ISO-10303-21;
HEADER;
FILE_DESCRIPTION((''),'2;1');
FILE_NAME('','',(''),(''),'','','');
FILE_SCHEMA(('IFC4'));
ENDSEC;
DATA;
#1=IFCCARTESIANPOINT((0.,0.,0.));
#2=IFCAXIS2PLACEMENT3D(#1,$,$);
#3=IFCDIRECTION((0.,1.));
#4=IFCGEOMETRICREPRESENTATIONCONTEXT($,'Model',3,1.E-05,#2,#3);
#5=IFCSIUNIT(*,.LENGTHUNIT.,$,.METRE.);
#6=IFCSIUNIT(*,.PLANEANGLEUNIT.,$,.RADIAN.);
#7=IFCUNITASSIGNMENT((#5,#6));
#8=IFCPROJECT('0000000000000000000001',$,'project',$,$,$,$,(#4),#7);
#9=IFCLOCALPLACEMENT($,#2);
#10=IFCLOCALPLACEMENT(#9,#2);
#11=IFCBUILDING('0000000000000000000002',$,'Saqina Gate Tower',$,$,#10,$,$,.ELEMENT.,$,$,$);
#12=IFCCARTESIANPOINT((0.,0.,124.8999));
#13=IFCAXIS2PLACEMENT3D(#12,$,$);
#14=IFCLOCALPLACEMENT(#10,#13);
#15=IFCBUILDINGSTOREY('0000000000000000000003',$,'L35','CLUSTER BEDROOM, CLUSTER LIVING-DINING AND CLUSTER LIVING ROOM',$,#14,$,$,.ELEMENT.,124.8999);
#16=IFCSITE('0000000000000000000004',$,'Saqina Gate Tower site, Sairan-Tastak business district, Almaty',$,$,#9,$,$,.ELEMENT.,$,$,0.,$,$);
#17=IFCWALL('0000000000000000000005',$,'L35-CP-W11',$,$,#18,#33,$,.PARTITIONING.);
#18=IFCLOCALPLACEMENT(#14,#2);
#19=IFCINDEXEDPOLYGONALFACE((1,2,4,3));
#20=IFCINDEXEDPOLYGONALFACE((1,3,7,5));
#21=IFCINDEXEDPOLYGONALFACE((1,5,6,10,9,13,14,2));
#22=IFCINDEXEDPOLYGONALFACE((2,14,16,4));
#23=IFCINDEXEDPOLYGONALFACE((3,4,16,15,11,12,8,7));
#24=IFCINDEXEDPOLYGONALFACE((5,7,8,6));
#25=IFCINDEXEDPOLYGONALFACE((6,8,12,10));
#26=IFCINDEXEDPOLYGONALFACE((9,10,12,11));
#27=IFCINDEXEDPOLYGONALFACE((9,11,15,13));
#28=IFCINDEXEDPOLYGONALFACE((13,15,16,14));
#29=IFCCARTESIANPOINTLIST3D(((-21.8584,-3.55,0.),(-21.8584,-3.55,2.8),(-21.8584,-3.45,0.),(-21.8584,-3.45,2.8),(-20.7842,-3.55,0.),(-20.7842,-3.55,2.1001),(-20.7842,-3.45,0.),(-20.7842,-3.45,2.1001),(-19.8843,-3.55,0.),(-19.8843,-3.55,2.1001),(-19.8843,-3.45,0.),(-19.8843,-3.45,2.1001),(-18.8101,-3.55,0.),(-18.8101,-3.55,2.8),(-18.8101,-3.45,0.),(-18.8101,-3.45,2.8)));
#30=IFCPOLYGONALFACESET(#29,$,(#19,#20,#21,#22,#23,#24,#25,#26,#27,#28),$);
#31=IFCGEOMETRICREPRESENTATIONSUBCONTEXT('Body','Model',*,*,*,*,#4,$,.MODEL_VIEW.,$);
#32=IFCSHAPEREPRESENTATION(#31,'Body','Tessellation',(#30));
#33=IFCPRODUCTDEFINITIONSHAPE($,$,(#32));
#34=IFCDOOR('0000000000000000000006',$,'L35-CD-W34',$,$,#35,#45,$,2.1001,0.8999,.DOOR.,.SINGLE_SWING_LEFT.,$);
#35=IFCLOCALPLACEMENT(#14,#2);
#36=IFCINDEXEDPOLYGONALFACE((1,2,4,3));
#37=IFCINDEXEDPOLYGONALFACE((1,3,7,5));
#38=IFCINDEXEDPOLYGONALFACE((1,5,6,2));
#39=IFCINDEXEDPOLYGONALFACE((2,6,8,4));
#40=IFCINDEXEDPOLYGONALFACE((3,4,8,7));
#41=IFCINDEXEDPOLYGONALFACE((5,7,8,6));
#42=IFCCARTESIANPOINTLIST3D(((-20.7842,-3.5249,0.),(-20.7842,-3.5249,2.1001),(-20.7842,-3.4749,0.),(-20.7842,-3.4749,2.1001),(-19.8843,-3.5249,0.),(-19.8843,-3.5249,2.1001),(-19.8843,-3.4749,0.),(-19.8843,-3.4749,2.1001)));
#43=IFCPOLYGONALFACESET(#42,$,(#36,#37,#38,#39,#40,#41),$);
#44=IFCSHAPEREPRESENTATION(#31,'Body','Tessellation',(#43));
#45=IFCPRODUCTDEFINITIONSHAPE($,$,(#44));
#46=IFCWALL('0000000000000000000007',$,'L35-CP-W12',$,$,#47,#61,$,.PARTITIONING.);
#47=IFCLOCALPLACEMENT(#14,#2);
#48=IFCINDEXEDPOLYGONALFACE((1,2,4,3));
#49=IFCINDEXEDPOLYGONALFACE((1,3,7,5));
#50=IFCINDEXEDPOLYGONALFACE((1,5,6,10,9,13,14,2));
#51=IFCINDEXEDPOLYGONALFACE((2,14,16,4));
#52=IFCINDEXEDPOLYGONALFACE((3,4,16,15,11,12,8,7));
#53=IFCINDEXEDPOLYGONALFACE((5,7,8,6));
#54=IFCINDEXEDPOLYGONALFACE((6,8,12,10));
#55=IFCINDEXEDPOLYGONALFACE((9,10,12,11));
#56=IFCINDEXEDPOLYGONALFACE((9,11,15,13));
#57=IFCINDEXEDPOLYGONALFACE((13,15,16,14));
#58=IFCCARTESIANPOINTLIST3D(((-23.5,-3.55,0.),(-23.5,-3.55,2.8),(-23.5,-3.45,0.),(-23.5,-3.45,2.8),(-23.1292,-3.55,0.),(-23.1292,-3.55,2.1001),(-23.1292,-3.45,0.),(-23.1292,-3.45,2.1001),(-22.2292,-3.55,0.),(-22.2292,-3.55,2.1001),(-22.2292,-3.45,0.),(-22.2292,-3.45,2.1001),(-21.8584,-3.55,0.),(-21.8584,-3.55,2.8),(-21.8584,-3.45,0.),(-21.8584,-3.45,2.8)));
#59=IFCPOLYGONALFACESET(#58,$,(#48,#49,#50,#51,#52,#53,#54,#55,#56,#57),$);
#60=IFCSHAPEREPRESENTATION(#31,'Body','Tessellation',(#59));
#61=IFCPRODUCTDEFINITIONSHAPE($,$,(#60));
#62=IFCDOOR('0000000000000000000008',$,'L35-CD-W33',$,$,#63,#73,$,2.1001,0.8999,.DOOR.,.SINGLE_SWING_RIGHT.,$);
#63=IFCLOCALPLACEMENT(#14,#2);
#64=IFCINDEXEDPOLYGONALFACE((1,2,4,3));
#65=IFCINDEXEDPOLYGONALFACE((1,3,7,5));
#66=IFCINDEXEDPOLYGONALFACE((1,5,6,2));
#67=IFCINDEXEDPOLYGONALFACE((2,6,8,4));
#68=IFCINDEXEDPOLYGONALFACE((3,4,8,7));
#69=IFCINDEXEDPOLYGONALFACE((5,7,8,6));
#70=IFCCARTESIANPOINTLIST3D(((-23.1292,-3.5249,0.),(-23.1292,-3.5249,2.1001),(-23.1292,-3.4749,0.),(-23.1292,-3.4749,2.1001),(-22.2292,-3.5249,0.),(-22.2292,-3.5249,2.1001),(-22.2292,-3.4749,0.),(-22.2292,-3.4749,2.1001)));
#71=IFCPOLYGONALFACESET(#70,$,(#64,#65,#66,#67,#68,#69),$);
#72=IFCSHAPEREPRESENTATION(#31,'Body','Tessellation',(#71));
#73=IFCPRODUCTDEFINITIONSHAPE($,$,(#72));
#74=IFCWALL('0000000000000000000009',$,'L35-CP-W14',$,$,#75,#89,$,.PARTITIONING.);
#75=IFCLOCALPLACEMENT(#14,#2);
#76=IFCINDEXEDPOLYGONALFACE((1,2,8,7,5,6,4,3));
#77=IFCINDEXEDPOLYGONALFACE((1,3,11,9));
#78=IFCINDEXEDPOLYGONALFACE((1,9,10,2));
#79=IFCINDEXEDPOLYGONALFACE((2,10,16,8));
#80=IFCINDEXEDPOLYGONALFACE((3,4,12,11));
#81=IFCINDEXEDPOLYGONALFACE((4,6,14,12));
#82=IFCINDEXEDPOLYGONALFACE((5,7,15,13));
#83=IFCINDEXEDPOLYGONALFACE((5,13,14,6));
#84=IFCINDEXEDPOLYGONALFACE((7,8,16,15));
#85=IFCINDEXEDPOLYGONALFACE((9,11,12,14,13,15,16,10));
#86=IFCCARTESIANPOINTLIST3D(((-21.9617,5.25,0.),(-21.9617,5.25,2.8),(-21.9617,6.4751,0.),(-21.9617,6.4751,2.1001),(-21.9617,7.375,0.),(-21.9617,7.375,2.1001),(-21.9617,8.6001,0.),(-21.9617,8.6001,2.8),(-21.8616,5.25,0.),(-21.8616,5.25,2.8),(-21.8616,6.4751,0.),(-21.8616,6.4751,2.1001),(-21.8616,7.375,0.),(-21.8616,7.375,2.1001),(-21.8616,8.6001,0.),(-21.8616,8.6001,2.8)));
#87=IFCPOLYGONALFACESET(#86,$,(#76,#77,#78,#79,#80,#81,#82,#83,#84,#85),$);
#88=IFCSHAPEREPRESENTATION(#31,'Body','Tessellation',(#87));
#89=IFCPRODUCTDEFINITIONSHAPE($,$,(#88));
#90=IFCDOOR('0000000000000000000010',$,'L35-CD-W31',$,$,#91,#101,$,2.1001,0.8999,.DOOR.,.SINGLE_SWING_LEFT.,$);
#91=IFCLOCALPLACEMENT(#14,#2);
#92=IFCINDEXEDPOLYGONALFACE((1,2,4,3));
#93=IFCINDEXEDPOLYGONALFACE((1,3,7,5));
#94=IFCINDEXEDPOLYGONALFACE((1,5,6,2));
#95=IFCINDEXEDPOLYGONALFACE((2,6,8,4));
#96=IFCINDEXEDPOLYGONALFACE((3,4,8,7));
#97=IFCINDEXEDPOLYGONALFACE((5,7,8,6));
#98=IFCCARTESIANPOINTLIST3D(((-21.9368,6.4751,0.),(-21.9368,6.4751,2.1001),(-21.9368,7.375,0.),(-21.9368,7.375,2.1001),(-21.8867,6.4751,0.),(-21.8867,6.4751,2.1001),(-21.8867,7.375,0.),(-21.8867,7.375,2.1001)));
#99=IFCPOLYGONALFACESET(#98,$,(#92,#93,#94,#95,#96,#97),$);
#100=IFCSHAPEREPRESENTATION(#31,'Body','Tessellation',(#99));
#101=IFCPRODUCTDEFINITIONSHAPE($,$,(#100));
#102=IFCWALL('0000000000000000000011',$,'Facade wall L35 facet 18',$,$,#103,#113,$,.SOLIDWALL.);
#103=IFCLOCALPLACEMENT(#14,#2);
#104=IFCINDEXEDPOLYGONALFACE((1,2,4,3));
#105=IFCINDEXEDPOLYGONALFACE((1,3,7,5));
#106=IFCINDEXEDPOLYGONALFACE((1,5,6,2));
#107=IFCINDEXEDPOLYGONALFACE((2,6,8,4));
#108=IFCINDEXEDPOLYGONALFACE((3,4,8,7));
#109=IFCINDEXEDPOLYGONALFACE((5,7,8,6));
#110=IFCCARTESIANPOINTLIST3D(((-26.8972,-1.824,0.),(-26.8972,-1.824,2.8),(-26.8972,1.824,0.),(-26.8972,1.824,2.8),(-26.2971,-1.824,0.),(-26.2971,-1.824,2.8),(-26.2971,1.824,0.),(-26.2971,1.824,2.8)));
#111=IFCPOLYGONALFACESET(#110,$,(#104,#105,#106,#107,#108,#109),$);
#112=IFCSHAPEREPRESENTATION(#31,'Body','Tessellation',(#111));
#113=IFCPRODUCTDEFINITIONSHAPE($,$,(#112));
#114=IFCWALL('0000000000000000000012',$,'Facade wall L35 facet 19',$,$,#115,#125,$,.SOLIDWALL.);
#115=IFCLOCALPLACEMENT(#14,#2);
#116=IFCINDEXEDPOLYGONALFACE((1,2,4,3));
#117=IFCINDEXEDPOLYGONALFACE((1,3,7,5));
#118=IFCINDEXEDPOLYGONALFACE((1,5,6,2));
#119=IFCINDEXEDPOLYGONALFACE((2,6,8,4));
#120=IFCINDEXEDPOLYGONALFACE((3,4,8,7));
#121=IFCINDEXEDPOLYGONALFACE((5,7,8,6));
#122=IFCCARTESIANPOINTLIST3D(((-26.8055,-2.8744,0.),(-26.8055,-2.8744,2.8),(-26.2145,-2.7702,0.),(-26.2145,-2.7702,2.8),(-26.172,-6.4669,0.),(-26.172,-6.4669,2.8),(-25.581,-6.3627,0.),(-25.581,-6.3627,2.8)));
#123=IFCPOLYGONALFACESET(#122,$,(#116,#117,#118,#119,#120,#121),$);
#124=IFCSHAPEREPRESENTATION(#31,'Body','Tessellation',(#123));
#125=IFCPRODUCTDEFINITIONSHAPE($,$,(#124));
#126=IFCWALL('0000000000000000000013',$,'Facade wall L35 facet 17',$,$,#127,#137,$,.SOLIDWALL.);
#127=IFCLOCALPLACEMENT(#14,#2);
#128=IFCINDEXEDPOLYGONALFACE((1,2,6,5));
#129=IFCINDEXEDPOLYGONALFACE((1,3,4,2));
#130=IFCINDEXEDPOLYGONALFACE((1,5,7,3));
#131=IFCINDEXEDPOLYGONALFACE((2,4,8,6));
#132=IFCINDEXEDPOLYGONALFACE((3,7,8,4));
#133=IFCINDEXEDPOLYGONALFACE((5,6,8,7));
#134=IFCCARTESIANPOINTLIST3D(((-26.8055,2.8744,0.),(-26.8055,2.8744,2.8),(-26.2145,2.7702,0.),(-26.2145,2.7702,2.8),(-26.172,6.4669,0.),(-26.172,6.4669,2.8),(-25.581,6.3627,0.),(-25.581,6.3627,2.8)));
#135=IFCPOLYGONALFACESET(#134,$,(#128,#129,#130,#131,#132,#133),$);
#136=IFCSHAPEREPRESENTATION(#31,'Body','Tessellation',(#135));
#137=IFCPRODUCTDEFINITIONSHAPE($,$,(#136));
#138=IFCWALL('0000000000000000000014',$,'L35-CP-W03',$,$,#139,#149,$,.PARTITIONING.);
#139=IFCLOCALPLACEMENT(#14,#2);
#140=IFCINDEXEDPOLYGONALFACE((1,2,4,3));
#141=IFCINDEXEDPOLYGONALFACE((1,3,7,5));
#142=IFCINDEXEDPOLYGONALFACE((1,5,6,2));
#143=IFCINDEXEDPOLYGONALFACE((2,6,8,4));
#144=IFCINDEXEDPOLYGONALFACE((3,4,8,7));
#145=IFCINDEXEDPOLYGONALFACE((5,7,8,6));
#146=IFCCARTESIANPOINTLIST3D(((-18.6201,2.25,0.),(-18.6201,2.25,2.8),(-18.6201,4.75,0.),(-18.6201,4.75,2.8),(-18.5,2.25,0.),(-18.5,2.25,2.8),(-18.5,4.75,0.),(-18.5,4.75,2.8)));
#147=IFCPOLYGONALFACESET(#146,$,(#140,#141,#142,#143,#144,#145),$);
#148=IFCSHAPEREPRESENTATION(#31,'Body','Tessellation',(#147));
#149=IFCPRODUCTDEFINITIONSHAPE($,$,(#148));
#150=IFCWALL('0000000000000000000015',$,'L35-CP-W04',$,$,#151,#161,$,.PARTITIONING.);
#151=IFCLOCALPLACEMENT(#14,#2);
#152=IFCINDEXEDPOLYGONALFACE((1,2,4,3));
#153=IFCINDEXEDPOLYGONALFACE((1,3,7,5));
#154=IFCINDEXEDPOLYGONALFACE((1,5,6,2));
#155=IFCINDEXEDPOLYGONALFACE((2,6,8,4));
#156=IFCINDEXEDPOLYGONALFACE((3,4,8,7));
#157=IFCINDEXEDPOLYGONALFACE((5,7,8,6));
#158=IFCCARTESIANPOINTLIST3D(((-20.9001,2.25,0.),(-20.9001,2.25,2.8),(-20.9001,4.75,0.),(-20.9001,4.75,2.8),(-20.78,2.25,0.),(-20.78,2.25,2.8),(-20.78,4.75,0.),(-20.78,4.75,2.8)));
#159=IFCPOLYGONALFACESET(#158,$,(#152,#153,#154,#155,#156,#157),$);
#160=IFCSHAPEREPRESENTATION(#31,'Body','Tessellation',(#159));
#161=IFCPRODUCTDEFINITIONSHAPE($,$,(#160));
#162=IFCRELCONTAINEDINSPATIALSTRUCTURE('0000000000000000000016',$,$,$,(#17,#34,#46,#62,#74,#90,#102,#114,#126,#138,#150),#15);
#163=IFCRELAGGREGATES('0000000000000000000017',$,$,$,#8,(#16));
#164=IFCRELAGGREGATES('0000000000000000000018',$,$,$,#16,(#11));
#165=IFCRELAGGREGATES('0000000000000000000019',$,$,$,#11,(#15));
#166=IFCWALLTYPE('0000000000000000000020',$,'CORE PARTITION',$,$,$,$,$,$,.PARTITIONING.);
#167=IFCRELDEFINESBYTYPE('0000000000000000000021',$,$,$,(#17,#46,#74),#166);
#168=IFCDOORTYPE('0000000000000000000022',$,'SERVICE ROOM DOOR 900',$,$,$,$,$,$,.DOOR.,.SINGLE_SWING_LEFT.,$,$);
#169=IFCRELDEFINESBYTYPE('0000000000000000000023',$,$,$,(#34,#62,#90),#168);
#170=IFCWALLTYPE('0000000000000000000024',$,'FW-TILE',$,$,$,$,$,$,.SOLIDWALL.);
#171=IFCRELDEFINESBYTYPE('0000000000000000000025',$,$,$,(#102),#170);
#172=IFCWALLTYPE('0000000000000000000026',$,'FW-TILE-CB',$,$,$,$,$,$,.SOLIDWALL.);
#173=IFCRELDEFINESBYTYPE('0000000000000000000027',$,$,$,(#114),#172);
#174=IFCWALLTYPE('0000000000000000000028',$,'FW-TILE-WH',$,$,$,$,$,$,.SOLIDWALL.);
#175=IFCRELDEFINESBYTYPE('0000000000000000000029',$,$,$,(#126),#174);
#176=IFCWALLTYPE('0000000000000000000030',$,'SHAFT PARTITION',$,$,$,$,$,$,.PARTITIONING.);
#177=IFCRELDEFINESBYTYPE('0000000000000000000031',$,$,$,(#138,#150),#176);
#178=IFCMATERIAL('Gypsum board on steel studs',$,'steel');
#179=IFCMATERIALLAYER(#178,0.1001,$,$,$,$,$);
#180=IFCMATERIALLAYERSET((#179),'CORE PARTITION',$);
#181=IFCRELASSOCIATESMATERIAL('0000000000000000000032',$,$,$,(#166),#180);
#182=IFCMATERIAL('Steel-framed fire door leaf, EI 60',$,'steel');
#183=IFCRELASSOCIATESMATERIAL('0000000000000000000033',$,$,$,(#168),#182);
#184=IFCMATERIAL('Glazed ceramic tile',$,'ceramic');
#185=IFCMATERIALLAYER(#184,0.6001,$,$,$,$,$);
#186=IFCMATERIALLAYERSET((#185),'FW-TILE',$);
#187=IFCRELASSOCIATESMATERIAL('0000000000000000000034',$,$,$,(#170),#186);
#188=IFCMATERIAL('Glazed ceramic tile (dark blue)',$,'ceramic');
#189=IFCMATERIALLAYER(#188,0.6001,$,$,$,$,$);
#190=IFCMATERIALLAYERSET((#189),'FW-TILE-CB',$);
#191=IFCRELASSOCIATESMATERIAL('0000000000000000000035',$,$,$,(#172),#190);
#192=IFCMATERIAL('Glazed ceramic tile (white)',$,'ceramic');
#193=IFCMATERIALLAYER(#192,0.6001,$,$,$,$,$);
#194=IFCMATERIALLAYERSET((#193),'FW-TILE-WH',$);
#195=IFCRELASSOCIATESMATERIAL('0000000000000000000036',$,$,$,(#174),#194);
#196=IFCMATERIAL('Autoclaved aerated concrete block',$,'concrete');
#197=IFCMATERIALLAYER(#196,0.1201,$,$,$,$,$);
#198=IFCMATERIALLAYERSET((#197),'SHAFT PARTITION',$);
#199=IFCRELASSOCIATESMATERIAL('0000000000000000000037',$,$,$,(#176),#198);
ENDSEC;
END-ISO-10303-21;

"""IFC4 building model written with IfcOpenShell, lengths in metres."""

from ifc_helpers import new_model, si_unit, direction, frame, frame_2d, origin, place, context, subcontext, project, spatial, rectangle, extrude, material, layer, layer_set, type_object, element, fill, save


model = new_model("IFC4")

# Units and contexts
model_context = context("Model", 3, precision=1e-05, world=origin(), true_north=direction((0.0, 1.0)))
body_context = subcontext(model_context, "Body", "Model", "MODEL_VIEW")
ifc_project = project(units=[si_unit("LENGTHUNIT", "METRE"), si_unit("PLANEANGLEUNIT", "RADIAN")], contexts=[model_context])

# Site, building, storey
site_placement = place(None, origin())
site = spatial("IfcSite", under=ifc_project, at=site_placement, Name="Saqina Gate Tower site, Sairan-Tastak business district, Almaty", CompositionType="ELEMENT", RefElevation=0.0)
building_placement = place(site_placement, origin())
building = spatial("IfcBuilding", under=site, at=building_placement, Name="Saqina Gate Tower", CompositionType="ELEMENT")
storey_placement = place(building_placement, frame((0.0, 0.0, 124.8999)))
storey = spatial("IfcBuildingStorey", under=building, at=storey_placement, Name="L35", Description="CLUSTER BEDROOM, CLUSTER LIVING-DINING AND CLUSTER LIVING ROOM", CompositionType="ELEMENT", Elevation=124.8999)

# Shared definitions
ifc_material_1 = material(Name="Gypsum board on steel studs", Category="steel")
ifc_layer_1 = layer(ifc_material_1, 0.1001)
ifc_layer_set_1 = layer_set([ifc_layer_1], Name="CORE PARTITION")
wall_type_1 = type_object("IfcWallType", Name="CORE PARTITION", PredefinedType="PARTITIONING", material=ifc_layer_set_1)

# Walls, openings, doors
ifc_material_2 = material(Name="Steel-framed fire door leaf, EI 60", Category="steel")
door_type_1 = type_object("IfcDoorType", Name="SERVICE ROOM DOOR 900", OperationType="SINGLE_SWING_LEFT", PredefinedType="DOOR", material=ifc_material_2)
wall_1_placement = place(storey_placement, frame((-18.8101, -3.5, 0.0), z_axis=(0.0, 0.0, 1.0), x_axis=(-1.0, 0.0, 0.0)))
wall_1 = element("IfcWall", 1, at=wall_1_placement, inside=storey, type_object=wall_type_1, Name="L35-CP-W11", PredefinedType="PARTITIONING", context=body_context, shape_type="SweptSolid", body=[
    extrude(rectangle(XDim=3.0483, YDim=0.1001, at=frame_2d((1.5242, 0.0))), origin(), (0.0, 0.0, 1.0), 2.8),
])
opening_1_placement = place(wall_1_placement, frame((1.0742, 0.0, 0.0)))
opening_1 = element("IfcOpeningElement", 2, at=opening_1_placement, cuts=wall_1, PredefinedType="OPENING", context=body_context, shape_type="SweptSolid", body=[
    extrude(rectangle(XDim=0.8999, YDim=2.1001, at=frame_2d((0.45, 1.05))), frame((0.0, 0.062, 0.0), z_axis=(0.0, -1.0, 0.0), x_axis=(1.0, 0.0, 0.0)), (0.0, 0.0, 1.0), 0.124),
])
door_1_placement = place(opening_1_placement, origin())
door_1 = element("IfcDoor", 3, at=door_1_placement, inside=storey, type_object=door_type_1, Name="L35-CD-W34", OperationType="SINGLE_SWING_LEFT", OverallHeight=2.1001, OverallWidth=0.8999, PredefinedType="DOOR", context=body_context, shape_type="SweptSolid", body=[
    extrude(rectangle(XDim=0.8999, YDim=2.1001, at=frame_2d((0.45, 1.05))), frame((0.0, 0.0249, 0.0), z_axis=(0.0, -1.0, 0.0), x_axis=(1.0, 0.0, 0.0)), (0.0, 0.0, 1.0), 0.05),
])
fill(opening_1, door_1)
wall_2_placement = place(storey_placement, frame((-21.8584, -3.5, 0.0), z_axis=(0.0, 0.0, 1.0), x_axis=(-1.0, 0.0, 0.0)))
wall_2 = element("IfcWall", 4, at=wall_2_placement, inside=storey, type_object=wall_type_1, Name="L35-CP-W12", PredefinedType="PARTITIONING", context=body_context, shape_type="SweptSolid", body=[
    extrude(rectangle(XDim=1.6416, YDim=0.1001, at=frame_2d((0.8208, 0.0))), origin(), (0.0, 0.0, 1.0), 2.8),
])
opening_2_placement = place(wall_2_placement, frame((0.3708, 0.0, 0.0)))
opening_2 = element("IfcOpeningElement", 5, at=opening_2_placement, cuts=wall_2, PredefinedType="OPENING", context=body_context, shape_type="SweptSolid", body=[
    extrude(rectangle(XDim=0.8999, YDim=2.1001, at=frame_2d((0.45, 1.05))), frame((0.0, 0.062, 0.0), z_axis=(0.0, -1.0, 0.0), x_axis=(1.0, 0.0, 0.0)), (0.0, 0.0, 1.0), 0.124),
])
door_2_placement = place(opening_2_placement, origin())
door_2 = element("IfcDoor", 6, at=door_2_placement, inside=storey, type_object=door_type_1, Name="L35-CD-W33", OperationType="SINGLE_SWING_RIGHT", OverallHeight=2.1001, OverallWidth=0.8999, PredefinedType="DOOR", context=body_context, shape_type="SweptSolid", body=[
    extrude(rectangle(XDim=0.8999, YDim=2.1001, at=frame_2d((0.45, 1.05))), frame((0.0, 0.0249, 0.0), z_axis=(0.0, -1.0, 0.0), x_axis=(1.0, 0.0, 0.0)), (0.0, 0.0, 1.0), 0.05),
])
fill(opening_2, door_2)
wall_3_placement = place(storey_placement, frame((-21.9116, 5.25, 0.0), z_axis=(0.0, 0.0, 1.0), x_axis=(0.0, 1.0, 0.0)))
wall_3 = element("IfcWall", 7, at=wall_3_placement, inside=storey, type_object=wall_type_1, Name="L35-CP-W14", PredefinedType="PARTITIONING", context=body_context, shape_type="SweptSolid", body=[
    extrude(rectangle(XDim=3.3501, YDim=0.1001, at=frame_2d((1.675, 0.0))), origin(), (0.0, 0.0, 1.0), 2.8),
])
opening_3_placement = place(wall_3_placement, frame((1.2251, 0.0, 0.0)))
opening_3 = element("IfcOpeningElement", 8, at=opening_3_placement, cuts=wall_3, PredefinedType="OPENING", context=body_context, shape_type="SweptSolid", body=[
    extrude(rectangle(XDim=0.8999, YDim=2.1001, at=frame_2d((0.45, 1.05))), frame((0.0, 0.062, 0.0), z_axis=(0.0, -1.0, 0.0), x_axis=(1.0, 0.0, 0.0)), (0.0, 0.0, 1.0), 0.124),
])
door_3_placement = place(opening_3_placement, frame((0.8999, 0.0, 0.0), z_axis=(0.0, 0.0, 1.0), x_axis=(-1.0, 0.0, 0.0)))
door_3 = element("IfcDoor", 9, at=door_3_placement, inside=storey, type_object=door_type_1, Name="L35-CD-W31", OperationType="SINGLE_SWING_LEFT", OverallHeight=2.1001, OverallWidth=0.8999, PredefinedType="DOOR", context=body_context, shape_type="SweptSolid", body=[
    extrude(rectangle(XDim=0.8999, YDim=2.1001, at=frame_2d((0.45, 1.05))), frame((0.0, 0.0249, 0.0), z_axis=(0.0, -1.0, 0.0), x_axis=(1.0, 0.0, 0.0)), (0.0, 0.0, 1.0), 0.05),
])
fill(opening_3, door_3)

# Walls
ifc_material_3 = material(Name="Glazed ceramic tile", Category="ceramic")
ifc_layer_2 = layer(ifc_material_3, 0.6001)
ifc_layer_set_2 = layer_set([ifc_layer_2], Name="FW-TILE")
wall_type_2 = type_object("IfcWallType", Name="FW-TILE", PredefinedType="SOLIDWALL", material=ifc_layer_set_2)
wall_4_placement = place(storey_placement, frame((-26.5972, 1.824, 0.0), z_axis=(0.0, 0.0, 1.0), x_axis=(0.0, -1.0, 0.0)))
element("IfcWall", 10, at=wall_4_placement, inside=storey, type_object=wall_type_2, Name="Facade wall L35 facet 18", PredefinedType="SOLIDWALL", context=body_context, shape_type="SweptSolid", body=[
    extrude(rectangle(XDim=3.6479, YDim=0.6001, at=frame_2d((1.824, 0.0))), origin(), (0.0, 0.0, 1.0), 2.8),
])
ifc_material_4 = material(Name="Glazed ceramic tile (dark blue)", Category="ceramic")
ifc_layer_3 = layer(ifc_material_4, 0.6001)
ifc_layer_set_3 = layer_set([ifc_layer_3], Name="FW-TILE-CB")
wall_type_3 = type_object("IfcWallType", Name="FW-TILE-CB", PredefinedType="SOLIDWALL", material=ifc_layer_set_3)
wall_5_placement = place(storey_placement, frame((-26.51, -2.8223, 0.0), z_axis=(0.0, 0.0, 1.0), x_axis=(0.173671, -0.984804, 0.0)))
element("IfcWall", 11, at=wall_5_placement, inside=storey, type_object=wall_type_3, Name="Facade wall L35 facet 19", PredefinedType="SOLIDWALL", context=body_context, shape_type="SweptSolid", body=[
    extrude(rectangle(XDim=3.6479, YDim=0.6001, at=frame_2d((1.824, 0.0))), origin(), (0.0, 0.0, 1.0), 2.8),
])
ifc_material_5 = material(Name="Glazed ceramic tile (white)", Category="ceramic")
ifc_layer_4 = layer(ifc_material_5, 0.6001)
ifc_layer_set_4 = layer_set([ifc_layer_4], Name="FW-TILE-WH")
wall_type_4 = type_object("IfcWallType", Name="FW-TILE-WH", PredefinedType="SOLIDWALL", material=ifc_layer_set_4)
wall_6_placement = place(storey_placement, frame((-25.8765, 6.4148, 0.0), z_axis=(0.0, 0.0, 1.0), x_axis=(-0.173671, -0.984804, 0.0)))
element("IfcWall", 12, at=wall_6_placement, inside=storey, type_object=wall_type_4, Name="Facade wall L35 facet 17", PredefinedType="SOLIDWALL", context=body_context, shape_type="SweptSolid", body=[
    extrude(rectangle(XDim=3.6479, YDim=0.6001, at=frame_2d((1.824, 0.0))), origin(), (0.0, 0.0, 1.0), 2.8),
])
ifc_material_6 = material(Name="Autoclaved aerated concrete block", Category="concrete")
ifc_layer_5 = layer(ifc_material_6, 0.1201)
ifc_layer_set_5 = layer_set([ifc_layer_5], Name="SHAFT PARTITION")
wall_type_5 = type_object("IfcWallType", Name="SHAFT PARTITION", PredefinedType="PARTITIONING", material=ifc_layer_set_5)
for number, where, z_axis, x_axis, name in (
    (13, (-18.5601, 2.25, 0.0), (0.0, 0.0, 1.0), (0.0, 1.0, 0.0), "L35-CP-W03"),
    (14, (-20.8401, 2.25, 0.0), (0.0, 0.0, 1.0), (0.0, 1.0, 0.0), "L35-CP-W04"),
):
    element("IfcWall", number, at=place(storey_placement, frame(where, z_axis=z_axis, x_axis=x_axis)), inside=storey, type_object=wall_type_5, Name=name, PredefinedType="PARTITIONING", context=body_context, shape_type="SweptSolid", body=[
        extrude(rectangle(XDim=2.5, YDim=0.1201, at=frame_2d((1.25, 0.0))), origin(), (0.0, 0.0, 1.0), 2.8),
    ])

save(model, "model.ifc")
